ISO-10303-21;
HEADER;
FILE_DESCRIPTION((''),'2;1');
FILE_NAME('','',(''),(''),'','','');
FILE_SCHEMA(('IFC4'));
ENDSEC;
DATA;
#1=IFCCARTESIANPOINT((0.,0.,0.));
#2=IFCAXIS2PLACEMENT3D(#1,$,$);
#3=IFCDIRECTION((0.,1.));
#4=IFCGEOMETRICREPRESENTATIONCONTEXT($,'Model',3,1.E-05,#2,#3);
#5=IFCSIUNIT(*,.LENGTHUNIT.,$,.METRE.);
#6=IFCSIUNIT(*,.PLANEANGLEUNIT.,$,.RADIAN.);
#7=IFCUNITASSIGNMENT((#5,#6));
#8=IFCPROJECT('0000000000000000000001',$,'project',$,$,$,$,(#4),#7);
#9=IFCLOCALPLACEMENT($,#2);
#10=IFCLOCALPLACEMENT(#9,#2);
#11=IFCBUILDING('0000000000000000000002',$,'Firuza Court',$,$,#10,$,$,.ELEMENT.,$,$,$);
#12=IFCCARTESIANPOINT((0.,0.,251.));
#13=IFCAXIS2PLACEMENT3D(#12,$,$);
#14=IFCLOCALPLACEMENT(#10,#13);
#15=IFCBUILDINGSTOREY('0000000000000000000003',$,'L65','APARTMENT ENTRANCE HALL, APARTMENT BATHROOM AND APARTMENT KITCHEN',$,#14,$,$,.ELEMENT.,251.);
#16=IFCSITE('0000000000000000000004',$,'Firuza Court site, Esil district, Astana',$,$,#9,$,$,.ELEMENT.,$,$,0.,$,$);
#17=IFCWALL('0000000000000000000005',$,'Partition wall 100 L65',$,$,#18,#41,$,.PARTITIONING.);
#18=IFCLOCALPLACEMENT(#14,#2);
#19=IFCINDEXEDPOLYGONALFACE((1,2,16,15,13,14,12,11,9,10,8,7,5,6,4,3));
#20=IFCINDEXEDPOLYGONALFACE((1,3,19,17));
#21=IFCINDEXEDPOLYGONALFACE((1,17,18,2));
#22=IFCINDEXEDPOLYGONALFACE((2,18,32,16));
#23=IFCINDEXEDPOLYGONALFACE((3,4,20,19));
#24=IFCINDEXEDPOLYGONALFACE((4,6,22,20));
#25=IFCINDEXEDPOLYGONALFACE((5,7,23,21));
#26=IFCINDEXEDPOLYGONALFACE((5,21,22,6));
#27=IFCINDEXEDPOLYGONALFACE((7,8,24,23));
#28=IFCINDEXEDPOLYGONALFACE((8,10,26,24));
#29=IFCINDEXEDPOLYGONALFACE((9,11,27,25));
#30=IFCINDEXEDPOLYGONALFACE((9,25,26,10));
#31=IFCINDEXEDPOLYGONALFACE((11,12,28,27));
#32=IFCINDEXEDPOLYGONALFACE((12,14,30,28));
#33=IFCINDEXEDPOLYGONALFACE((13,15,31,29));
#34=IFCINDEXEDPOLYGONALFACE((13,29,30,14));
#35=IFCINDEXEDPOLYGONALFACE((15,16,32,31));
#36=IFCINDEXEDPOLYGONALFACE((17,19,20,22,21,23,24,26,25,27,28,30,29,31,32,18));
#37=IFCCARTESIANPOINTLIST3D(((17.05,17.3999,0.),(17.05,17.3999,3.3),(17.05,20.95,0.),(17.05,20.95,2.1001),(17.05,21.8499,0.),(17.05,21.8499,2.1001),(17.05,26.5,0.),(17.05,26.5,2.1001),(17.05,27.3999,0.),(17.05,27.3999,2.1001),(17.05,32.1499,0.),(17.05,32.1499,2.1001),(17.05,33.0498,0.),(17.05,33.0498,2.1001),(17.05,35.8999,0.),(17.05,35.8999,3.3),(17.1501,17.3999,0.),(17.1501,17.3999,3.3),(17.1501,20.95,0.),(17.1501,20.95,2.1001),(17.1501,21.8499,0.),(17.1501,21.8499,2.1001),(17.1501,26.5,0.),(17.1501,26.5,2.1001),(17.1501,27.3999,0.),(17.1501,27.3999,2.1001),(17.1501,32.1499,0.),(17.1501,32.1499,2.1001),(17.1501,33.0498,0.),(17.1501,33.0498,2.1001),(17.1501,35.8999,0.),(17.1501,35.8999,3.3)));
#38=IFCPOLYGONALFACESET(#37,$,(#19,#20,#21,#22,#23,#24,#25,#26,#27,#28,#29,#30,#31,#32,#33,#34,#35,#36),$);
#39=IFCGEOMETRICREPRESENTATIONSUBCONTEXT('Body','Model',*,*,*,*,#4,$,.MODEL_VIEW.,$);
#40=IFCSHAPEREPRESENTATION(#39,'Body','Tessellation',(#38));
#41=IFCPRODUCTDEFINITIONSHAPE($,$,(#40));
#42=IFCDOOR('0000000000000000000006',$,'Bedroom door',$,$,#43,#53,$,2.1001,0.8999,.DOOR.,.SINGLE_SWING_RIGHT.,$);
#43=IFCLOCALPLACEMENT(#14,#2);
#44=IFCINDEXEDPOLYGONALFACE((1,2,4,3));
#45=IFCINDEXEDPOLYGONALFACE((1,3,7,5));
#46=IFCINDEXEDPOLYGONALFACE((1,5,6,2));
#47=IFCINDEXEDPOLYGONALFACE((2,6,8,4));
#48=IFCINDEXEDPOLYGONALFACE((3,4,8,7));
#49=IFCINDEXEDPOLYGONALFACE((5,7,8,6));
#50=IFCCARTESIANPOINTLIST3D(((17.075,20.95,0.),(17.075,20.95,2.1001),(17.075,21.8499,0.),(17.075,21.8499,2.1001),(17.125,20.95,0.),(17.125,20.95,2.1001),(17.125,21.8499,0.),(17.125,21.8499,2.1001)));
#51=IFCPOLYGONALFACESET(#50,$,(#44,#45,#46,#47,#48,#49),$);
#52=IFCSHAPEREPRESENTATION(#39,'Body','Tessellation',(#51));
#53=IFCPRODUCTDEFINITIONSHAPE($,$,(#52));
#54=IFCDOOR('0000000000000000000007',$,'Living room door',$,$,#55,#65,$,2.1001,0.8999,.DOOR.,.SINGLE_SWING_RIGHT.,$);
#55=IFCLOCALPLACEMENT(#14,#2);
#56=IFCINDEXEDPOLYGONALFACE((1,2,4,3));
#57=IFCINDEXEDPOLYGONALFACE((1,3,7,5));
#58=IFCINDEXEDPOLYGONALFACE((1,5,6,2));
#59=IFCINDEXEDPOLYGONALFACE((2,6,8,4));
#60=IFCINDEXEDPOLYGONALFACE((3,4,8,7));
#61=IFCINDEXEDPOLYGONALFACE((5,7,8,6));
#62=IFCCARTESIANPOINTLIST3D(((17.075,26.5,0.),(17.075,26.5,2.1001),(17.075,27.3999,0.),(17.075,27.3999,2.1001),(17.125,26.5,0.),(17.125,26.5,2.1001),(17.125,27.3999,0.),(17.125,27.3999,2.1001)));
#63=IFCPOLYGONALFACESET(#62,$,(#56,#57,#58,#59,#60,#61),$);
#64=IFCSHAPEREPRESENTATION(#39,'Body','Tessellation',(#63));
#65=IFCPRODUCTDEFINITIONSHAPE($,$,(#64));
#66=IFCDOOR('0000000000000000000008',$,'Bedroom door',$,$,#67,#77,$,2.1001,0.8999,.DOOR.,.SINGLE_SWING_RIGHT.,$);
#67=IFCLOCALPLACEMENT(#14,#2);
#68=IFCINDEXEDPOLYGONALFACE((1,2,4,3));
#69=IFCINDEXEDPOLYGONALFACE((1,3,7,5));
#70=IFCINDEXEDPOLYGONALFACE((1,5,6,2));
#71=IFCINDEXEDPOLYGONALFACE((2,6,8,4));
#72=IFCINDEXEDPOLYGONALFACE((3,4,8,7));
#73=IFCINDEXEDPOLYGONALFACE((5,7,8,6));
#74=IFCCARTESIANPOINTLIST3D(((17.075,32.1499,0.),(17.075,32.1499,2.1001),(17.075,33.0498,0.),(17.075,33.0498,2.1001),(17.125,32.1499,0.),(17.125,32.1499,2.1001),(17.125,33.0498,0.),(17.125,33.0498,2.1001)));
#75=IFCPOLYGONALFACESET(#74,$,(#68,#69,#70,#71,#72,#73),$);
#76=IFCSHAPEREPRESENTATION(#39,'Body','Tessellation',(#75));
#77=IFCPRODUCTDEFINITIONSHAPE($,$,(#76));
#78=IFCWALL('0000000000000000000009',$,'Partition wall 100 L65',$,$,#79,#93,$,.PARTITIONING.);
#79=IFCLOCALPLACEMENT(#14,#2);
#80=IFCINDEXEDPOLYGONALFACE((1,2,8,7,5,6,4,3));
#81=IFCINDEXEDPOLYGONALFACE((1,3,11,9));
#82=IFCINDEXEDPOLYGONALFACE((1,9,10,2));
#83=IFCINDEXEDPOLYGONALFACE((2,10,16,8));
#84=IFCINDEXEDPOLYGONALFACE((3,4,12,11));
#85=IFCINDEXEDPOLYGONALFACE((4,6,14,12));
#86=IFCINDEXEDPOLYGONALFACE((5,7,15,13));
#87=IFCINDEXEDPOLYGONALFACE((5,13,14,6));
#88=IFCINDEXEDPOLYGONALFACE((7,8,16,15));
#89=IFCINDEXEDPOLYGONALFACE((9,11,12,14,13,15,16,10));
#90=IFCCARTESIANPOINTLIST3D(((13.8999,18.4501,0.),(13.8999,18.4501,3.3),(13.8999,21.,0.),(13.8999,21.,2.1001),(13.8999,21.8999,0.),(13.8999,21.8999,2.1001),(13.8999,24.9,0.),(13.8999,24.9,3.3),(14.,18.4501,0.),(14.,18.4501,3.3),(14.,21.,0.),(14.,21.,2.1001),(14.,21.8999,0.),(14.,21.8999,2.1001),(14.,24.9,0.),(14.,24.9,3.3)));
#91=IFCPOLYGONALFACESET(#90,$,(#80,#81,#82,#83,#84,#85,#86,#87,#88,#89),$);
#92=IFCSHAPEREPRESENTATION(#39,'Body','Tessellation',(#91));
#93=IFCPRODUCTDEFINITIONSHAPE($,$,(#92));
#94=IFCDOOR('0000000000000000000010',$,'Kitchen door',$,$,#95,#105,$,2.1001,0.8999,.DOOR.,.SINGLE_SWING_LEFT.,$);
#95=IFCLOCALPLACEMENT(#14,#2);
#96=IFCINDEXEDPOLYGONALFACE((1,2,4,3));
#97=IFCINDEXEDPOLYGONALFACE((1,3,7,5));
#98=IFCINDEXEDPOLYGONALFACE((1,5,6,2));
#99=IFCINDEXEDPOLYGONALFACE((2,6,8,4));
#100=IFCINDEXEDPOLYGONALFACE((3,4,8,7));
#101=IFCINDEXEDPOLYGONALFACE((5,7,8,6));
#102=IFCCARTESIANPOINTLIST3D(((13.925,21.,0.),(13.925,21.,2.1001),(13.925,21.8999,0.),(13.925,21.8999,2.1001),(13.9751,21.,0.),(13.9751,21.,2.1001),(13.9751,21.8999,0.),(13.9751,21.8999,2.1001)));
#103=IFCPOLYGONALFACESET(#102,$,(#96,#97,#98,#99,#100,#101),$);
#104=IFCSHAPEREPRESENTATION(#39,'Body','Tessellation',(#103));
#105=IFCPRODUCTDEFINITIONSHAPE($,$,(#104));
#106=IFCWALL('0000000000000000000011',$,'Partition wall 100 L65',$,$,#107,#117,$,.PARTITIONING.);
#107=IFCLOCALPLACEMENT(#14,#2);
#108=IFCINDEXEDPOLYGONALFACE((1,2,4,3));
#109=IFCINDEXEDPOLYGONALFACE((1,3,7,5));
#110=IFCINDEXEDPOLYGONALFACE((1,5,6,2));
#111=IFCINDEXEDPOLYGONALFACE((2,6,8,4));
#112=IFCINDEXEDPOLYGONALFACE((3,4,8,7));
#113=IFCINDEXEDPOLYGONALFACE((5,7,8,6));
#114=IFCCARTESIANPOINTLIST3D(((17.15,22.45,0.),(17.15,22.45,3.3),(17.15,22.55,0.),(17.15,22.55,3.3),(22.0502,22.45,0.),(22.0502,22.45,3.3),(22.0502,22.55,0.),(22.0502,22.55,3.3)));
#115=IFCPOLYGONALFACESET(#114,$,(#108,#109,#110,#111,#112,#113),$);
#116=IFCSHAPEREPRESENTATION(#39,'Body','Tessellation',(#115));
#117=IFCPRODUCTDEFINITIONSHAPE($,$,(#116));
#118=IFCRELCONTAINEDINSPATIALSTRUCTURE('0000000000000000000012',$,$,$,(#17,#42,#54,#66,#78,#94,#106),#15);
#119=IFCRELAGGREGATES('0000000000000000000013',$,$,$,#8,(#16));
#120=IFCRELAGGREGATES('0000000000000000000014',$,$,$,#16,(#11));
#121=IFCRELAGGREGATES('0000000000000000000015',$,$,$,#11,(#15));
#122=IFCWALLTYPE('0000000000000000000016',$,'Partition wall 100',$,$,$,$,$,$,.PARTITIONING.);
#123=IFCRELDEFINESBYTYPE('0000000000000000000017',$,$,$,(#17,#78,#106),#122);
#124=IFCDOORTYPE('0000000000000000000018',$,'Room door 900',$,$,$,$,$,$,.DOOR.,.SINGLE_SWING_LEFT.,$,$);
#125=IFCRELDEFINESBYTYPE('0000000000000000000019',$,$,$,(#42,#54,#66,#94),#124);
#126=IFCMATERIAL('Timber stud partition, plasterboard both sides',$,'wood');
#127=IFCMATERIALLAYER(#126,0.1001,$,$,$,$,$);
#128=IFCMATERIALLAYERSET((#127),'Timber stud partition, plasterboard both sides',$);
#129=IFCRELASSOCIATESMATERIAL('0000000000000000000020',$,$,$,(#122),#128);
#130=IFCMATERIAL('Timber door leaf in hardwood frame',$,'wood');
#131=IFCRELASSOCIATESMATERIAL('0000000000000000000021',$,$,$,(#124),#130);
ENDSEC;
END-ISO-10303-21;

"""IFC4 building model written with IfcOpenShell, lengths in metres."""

from ifc_helpers import new_model, si_unit, direction, frame, frame_2d, origin, place, context, subcontext, project, spatial, rectangle, extrude, material, layer, layer_set, type_object, element, fill, save


model = new_model("IFC4")

# Units and contexts
model_context = context("Model", 3, precision=1e-05, world=origin(), true_north=direction((0.0, 1.0)))
body_context = subcontext(model_context, "Body", "Model", "MODEL_VIEW")
ifc_project = project(units=[si_unit("LENGTHUNIT", "METRE"), si_unit("PLANEANGLEUNIT", "RADIAN")], contexts=[model_context])

# Site, building, storey
site_placement = place(None, origin())
site = spatial("IfcSite", under=ifc_project, at=site_placement, Name="Firuza Court site, Esil district, Astana", CompositionType="ELEMENT", RefElevation=0.0)
building_placement = place(site_placement, origin())
building = spatial("IfcBuilding", under=site, at=building_placement, Name="Firuza Court", CompositionType="ELEMENT")
storey_placement = place(building_placement, frame((0.0, 0.0, 251.0)))
storey = spatial("IfcBuildingStorey", under=building, at=storey_placement, Name="L65", Description="APARTMENT ENTRANCE HALL, APARTMENT BATHROOM AND APARTMENT KITCHEN", CompositionType="ELEMENT", Elevation=251.0)

# Wall, openings, doors
ifc_material_1 = material(Name="Timber stud partition, plasterboard both sides", Category="wood")
ifc_layer_1 = layer(ifc_material_1, 0.1001)
ifc_layer_set_1 = layer_set([ifc_layer_1], Name="Timber stud partition, plasterboard both sides")
wall_type_1 = type_object("IfcWallType", Name="Partition wall 100", PredefinedType="PARTITIONING", material=ifc_layer_set_1)
wall_1_placement = place(storey_placement, frame((17.1001, 17.3999, 0.0), z_axis=(0.0, 0.0, 1.0), x_axis=(0.0, 1.0, 0.0)))
wall_1 = element("IfcWall", 1, at=wall_1_placement, inside=storey, type_object=wall_type_1, Name="Partition wall 100 L65", PredefinedType="PARTITIONING", context=body_context, shape_type="SweptSolid", body=[
    extrude(rectangle(XDim=18.5, YDim=0.1001, at=frame_2d((9.25, 0.0))), origin(), (0.0, 0.0, 1.0), 3.3),
])
opening_1_placement = place(wall_1_placement, frame((3.55, 0.0, 0.0)))
opening_1 = element("IfcOpeningElement", 2, at=opening_1_placement, cuts=wall_1, PredefinedType="OPENING", context=body_context, shape_type="SweptSolid", body=[
    extrude(rectangle(XDim=0.8999, YDim=2.1001, at=frame_2d((0.45, 1.05))), frame((0.0, 0.062, 0.0), z_axis=(0.0, -1.0, 0.0), x_axis=(1.0, 0.0, 0.0)), (0.0, 0.0, 1.0), 0.124),
])
opening_2_placement = place(wall_1_placement, frame((9.1001, 0.0, 0.0)))
opening_2 = element("IfcOpeningElement", 3, at=opening_2_placement, cuts=wall_1, PredefinedType="OPENING", context=body_context, shape_type="SweptSolid", body=[
    extrude(rectangle(XDim=0.8999, YDim=2.1001, at=frame_2d((0.45, 1.05))), frame((0.0, 0.062, 0.0), z_axis=(0.0, -1.0, 0.0), x_axis=(1.0, 0.0, 0.0)), (0.0, 0.0, 1.0), 0.124),
])
opening_3_placement = place(wall_1_placement, frame((14.75, 0.0, 0.0)))
opening_3 = element("IfcOpeningElement", 4, at=opening_3_placement, cuts=wall_1, PredefinedType="OPENING", context=body_context, shape_type="SweptSolid", body=[
    extrude(rectangle(XDim=0.8999, YDim=2.1001, at=frame_2d((0.45, 1.05))), frame((0.0, 0.062, 0.0), z_axis=(0.0, -1.0, 0.0), x_axis=(1.0, 0.0, 0.0)), (0.0, 0.0, 1.0), 0.124),
])
ifc_material_2 = material(Name="Timber door leaf in hardwood frame", Category="wood")
door_type_1 = type_object("IfcDoorType", Name="Room door 900", OperationType="SINGLE_SWING_LEFT", PredefinedType="DOOR", material=ifc_material_2)
door_1_placement = place(opening_1_placement, frame((0.8999, 0.0, 0.0), z_axis=(0.0, 0.0, 1.0), x_axis=(-1.0, 0.0, 0.0)))
door_1 = element("IfcDoor", 5, at=door_1_placement, inside=storey, type_object=door_type_1, Name="Bedroom door", OperationType="SINGLE_SWING_RIGHT", OverallHeight=2.1001, OverallWidth=0.8999, PredefinedType="DOOR", context=body_context, shape_type="SweptSolid", body=[
    extrude(rectangle(XDim=0.8999, YDim=2.1001, at=frame_2d((0.45, 1.05))), frame((0.0, 0.0249, 0.0), z_axis=(0.0, -1.0, 0.0), x_axis=(1.0, 0.0, 0.0)), (0.0, 0.0, 1.0), 0.05),
])
fill(opening_1, door_1)
door_2_placement = place(opening_2_placement, frame((0.8999, 0.0, 0.0), z_axis=(0.0, 0.0, 1.0), x_axis=(-1.0, 0.0, 0.0)))
door_2 = element("IfcDoor", 6, at=door_2_placement, inside=storey, type_object=door_type_1, Name="Living room door", OperationType="SINGLE_SWING_RIGHT", OverallHeight=2.1001, OverallWidth=0.8999, PredefinedType="DOOR", context=body_context, shape_type="SweptSolid", body=[
    extrude(rectangle(XDim=0.8999, YDim=2.1001, at=frame_2d((0.45, 1.05))), frame((0.0, 0.0249, 0.0), z_axis=(0.0, -1.0, 0.0), x_axis=(1.0, 0.0, 0.0)), (0.0, 0.0, 1.0), 0.05),
])
fill(opening_2, door_2)
door_3_placement = place(opening_3_placement, frame((0.8999, 0.0, 0.0), z_axis=(0.0, 0.0, 1.0), x_axis=(-1.0, 0.0, 0.0)))
door_3 = element("IfcDoor", 7, at=door_3_placement, inside=storey, type_object=door_type_1, Name="Bedroom door", OperationType="SINGLE_SWING_RIGHT", OverallHeight=2.1001, OverallWidth=0.8999, PredefinedType="DOOR", context=body_context, shape_type="SweptSolid", body=[
    extrude(rectangle(XDim=0.8999, YDim=2.1001, at=frame_2d((0.45, 1.05))), frame((0.0, 0.0249, 0.0), z_axis=(0.0, -1.0, 0.0), x_axis=(1.0, 0.0, 0.0)), (0.0, 0.0, 1.0), 0.05),
])
fill(opening_3, door_3)

# Wall, opening, door
wall_2_placement = place(storey_placement, frame((13.95, 18.45, 0.0), z_axis=(0.0, 0.0, 1.0), x_axis=(0.0, 1.0, 0.0)))
wall_2 = element("IfcWall", 8, at=wall_2_placement, inside=storey, type_object=wall_type_1, Name="Partition wall 100 L65", PredefinedType="PARTITIONING", context=body_context, shape_type="SweptSolid", body=[
    extrude(rectangle(XDim=6.45, YDim=0.1001, at=frame_2d((3.2251, 0.0))), origin(), (0.0, 0.0, 1.0), 3.3),
])
opening_4_placement = place(wall_2_placement, frame((2.55, 0.0, 0.0)))
opening_4 = element("IfcOpeningElement", 9, at=opening_4_placement, cuts=wall_2, PredefinedType="OPENING", context=body_context, shape_type="SweptSolid", body=[
    extrude(rectangle(XDim=0.8999, YDim=2.1001, at=frame_2d((0.45, 1.05))), frame((0.0, 0.062, 0.0), z_axis=(0.0, -1.0, 0.0), x_axis=(1.0, 0.0, 0.0)), (0.0, 0.0, 1.0), 0.124),
])
door_4_placement = place(opening_4_placement, origin())
door_4 = element("IfcDoor", 10, at=door_4_placement, inside=storey, type_object=door_type_1, Name="Kitchen door", OperationType="SINGLE_SWING_LEFT", OverallHeight=2.1001, OverallWidth=0.8999, PredefinedType="DOOR", context=body_context, shape_type="SweptSolid", body=[
    extrude(rectangle(XDim=0.8999, YDim=2.1001, at=frame_2d((0.45, 1.05))), frame((0.0, 0.0249, 0.0), z_axis=(0.0, -1.0, 0.0), x_axis=(1.0, 0.0, 0.0)), (0.0, 0.0, 1.0), 0.05),
])
fill(opening_4, door_4)

# Wall
wall_3_placement = place(storey_placement, frame((17.1499, 22.5, 0.0), z_axis=(0.0, 0.0, 1.0), x_axis=(1.0, 0.0, 0.0)))
element("IfcWall", 11, at=wall_3_placement, inside=storey, type_object=wall_type_1, Name="Partition wall 100 L65", PredefinedType="PARTITIONING", context=body_context, shape_type="SweptSolid", body=[
    extrude(rectangle(XDim=4.9001, YDim=0.1001, at=frame_2d((2.4502, 0.0))), origin(), (0.0, 0.0, 1.0), 3.3),
])

save(model, "model.ifc")
